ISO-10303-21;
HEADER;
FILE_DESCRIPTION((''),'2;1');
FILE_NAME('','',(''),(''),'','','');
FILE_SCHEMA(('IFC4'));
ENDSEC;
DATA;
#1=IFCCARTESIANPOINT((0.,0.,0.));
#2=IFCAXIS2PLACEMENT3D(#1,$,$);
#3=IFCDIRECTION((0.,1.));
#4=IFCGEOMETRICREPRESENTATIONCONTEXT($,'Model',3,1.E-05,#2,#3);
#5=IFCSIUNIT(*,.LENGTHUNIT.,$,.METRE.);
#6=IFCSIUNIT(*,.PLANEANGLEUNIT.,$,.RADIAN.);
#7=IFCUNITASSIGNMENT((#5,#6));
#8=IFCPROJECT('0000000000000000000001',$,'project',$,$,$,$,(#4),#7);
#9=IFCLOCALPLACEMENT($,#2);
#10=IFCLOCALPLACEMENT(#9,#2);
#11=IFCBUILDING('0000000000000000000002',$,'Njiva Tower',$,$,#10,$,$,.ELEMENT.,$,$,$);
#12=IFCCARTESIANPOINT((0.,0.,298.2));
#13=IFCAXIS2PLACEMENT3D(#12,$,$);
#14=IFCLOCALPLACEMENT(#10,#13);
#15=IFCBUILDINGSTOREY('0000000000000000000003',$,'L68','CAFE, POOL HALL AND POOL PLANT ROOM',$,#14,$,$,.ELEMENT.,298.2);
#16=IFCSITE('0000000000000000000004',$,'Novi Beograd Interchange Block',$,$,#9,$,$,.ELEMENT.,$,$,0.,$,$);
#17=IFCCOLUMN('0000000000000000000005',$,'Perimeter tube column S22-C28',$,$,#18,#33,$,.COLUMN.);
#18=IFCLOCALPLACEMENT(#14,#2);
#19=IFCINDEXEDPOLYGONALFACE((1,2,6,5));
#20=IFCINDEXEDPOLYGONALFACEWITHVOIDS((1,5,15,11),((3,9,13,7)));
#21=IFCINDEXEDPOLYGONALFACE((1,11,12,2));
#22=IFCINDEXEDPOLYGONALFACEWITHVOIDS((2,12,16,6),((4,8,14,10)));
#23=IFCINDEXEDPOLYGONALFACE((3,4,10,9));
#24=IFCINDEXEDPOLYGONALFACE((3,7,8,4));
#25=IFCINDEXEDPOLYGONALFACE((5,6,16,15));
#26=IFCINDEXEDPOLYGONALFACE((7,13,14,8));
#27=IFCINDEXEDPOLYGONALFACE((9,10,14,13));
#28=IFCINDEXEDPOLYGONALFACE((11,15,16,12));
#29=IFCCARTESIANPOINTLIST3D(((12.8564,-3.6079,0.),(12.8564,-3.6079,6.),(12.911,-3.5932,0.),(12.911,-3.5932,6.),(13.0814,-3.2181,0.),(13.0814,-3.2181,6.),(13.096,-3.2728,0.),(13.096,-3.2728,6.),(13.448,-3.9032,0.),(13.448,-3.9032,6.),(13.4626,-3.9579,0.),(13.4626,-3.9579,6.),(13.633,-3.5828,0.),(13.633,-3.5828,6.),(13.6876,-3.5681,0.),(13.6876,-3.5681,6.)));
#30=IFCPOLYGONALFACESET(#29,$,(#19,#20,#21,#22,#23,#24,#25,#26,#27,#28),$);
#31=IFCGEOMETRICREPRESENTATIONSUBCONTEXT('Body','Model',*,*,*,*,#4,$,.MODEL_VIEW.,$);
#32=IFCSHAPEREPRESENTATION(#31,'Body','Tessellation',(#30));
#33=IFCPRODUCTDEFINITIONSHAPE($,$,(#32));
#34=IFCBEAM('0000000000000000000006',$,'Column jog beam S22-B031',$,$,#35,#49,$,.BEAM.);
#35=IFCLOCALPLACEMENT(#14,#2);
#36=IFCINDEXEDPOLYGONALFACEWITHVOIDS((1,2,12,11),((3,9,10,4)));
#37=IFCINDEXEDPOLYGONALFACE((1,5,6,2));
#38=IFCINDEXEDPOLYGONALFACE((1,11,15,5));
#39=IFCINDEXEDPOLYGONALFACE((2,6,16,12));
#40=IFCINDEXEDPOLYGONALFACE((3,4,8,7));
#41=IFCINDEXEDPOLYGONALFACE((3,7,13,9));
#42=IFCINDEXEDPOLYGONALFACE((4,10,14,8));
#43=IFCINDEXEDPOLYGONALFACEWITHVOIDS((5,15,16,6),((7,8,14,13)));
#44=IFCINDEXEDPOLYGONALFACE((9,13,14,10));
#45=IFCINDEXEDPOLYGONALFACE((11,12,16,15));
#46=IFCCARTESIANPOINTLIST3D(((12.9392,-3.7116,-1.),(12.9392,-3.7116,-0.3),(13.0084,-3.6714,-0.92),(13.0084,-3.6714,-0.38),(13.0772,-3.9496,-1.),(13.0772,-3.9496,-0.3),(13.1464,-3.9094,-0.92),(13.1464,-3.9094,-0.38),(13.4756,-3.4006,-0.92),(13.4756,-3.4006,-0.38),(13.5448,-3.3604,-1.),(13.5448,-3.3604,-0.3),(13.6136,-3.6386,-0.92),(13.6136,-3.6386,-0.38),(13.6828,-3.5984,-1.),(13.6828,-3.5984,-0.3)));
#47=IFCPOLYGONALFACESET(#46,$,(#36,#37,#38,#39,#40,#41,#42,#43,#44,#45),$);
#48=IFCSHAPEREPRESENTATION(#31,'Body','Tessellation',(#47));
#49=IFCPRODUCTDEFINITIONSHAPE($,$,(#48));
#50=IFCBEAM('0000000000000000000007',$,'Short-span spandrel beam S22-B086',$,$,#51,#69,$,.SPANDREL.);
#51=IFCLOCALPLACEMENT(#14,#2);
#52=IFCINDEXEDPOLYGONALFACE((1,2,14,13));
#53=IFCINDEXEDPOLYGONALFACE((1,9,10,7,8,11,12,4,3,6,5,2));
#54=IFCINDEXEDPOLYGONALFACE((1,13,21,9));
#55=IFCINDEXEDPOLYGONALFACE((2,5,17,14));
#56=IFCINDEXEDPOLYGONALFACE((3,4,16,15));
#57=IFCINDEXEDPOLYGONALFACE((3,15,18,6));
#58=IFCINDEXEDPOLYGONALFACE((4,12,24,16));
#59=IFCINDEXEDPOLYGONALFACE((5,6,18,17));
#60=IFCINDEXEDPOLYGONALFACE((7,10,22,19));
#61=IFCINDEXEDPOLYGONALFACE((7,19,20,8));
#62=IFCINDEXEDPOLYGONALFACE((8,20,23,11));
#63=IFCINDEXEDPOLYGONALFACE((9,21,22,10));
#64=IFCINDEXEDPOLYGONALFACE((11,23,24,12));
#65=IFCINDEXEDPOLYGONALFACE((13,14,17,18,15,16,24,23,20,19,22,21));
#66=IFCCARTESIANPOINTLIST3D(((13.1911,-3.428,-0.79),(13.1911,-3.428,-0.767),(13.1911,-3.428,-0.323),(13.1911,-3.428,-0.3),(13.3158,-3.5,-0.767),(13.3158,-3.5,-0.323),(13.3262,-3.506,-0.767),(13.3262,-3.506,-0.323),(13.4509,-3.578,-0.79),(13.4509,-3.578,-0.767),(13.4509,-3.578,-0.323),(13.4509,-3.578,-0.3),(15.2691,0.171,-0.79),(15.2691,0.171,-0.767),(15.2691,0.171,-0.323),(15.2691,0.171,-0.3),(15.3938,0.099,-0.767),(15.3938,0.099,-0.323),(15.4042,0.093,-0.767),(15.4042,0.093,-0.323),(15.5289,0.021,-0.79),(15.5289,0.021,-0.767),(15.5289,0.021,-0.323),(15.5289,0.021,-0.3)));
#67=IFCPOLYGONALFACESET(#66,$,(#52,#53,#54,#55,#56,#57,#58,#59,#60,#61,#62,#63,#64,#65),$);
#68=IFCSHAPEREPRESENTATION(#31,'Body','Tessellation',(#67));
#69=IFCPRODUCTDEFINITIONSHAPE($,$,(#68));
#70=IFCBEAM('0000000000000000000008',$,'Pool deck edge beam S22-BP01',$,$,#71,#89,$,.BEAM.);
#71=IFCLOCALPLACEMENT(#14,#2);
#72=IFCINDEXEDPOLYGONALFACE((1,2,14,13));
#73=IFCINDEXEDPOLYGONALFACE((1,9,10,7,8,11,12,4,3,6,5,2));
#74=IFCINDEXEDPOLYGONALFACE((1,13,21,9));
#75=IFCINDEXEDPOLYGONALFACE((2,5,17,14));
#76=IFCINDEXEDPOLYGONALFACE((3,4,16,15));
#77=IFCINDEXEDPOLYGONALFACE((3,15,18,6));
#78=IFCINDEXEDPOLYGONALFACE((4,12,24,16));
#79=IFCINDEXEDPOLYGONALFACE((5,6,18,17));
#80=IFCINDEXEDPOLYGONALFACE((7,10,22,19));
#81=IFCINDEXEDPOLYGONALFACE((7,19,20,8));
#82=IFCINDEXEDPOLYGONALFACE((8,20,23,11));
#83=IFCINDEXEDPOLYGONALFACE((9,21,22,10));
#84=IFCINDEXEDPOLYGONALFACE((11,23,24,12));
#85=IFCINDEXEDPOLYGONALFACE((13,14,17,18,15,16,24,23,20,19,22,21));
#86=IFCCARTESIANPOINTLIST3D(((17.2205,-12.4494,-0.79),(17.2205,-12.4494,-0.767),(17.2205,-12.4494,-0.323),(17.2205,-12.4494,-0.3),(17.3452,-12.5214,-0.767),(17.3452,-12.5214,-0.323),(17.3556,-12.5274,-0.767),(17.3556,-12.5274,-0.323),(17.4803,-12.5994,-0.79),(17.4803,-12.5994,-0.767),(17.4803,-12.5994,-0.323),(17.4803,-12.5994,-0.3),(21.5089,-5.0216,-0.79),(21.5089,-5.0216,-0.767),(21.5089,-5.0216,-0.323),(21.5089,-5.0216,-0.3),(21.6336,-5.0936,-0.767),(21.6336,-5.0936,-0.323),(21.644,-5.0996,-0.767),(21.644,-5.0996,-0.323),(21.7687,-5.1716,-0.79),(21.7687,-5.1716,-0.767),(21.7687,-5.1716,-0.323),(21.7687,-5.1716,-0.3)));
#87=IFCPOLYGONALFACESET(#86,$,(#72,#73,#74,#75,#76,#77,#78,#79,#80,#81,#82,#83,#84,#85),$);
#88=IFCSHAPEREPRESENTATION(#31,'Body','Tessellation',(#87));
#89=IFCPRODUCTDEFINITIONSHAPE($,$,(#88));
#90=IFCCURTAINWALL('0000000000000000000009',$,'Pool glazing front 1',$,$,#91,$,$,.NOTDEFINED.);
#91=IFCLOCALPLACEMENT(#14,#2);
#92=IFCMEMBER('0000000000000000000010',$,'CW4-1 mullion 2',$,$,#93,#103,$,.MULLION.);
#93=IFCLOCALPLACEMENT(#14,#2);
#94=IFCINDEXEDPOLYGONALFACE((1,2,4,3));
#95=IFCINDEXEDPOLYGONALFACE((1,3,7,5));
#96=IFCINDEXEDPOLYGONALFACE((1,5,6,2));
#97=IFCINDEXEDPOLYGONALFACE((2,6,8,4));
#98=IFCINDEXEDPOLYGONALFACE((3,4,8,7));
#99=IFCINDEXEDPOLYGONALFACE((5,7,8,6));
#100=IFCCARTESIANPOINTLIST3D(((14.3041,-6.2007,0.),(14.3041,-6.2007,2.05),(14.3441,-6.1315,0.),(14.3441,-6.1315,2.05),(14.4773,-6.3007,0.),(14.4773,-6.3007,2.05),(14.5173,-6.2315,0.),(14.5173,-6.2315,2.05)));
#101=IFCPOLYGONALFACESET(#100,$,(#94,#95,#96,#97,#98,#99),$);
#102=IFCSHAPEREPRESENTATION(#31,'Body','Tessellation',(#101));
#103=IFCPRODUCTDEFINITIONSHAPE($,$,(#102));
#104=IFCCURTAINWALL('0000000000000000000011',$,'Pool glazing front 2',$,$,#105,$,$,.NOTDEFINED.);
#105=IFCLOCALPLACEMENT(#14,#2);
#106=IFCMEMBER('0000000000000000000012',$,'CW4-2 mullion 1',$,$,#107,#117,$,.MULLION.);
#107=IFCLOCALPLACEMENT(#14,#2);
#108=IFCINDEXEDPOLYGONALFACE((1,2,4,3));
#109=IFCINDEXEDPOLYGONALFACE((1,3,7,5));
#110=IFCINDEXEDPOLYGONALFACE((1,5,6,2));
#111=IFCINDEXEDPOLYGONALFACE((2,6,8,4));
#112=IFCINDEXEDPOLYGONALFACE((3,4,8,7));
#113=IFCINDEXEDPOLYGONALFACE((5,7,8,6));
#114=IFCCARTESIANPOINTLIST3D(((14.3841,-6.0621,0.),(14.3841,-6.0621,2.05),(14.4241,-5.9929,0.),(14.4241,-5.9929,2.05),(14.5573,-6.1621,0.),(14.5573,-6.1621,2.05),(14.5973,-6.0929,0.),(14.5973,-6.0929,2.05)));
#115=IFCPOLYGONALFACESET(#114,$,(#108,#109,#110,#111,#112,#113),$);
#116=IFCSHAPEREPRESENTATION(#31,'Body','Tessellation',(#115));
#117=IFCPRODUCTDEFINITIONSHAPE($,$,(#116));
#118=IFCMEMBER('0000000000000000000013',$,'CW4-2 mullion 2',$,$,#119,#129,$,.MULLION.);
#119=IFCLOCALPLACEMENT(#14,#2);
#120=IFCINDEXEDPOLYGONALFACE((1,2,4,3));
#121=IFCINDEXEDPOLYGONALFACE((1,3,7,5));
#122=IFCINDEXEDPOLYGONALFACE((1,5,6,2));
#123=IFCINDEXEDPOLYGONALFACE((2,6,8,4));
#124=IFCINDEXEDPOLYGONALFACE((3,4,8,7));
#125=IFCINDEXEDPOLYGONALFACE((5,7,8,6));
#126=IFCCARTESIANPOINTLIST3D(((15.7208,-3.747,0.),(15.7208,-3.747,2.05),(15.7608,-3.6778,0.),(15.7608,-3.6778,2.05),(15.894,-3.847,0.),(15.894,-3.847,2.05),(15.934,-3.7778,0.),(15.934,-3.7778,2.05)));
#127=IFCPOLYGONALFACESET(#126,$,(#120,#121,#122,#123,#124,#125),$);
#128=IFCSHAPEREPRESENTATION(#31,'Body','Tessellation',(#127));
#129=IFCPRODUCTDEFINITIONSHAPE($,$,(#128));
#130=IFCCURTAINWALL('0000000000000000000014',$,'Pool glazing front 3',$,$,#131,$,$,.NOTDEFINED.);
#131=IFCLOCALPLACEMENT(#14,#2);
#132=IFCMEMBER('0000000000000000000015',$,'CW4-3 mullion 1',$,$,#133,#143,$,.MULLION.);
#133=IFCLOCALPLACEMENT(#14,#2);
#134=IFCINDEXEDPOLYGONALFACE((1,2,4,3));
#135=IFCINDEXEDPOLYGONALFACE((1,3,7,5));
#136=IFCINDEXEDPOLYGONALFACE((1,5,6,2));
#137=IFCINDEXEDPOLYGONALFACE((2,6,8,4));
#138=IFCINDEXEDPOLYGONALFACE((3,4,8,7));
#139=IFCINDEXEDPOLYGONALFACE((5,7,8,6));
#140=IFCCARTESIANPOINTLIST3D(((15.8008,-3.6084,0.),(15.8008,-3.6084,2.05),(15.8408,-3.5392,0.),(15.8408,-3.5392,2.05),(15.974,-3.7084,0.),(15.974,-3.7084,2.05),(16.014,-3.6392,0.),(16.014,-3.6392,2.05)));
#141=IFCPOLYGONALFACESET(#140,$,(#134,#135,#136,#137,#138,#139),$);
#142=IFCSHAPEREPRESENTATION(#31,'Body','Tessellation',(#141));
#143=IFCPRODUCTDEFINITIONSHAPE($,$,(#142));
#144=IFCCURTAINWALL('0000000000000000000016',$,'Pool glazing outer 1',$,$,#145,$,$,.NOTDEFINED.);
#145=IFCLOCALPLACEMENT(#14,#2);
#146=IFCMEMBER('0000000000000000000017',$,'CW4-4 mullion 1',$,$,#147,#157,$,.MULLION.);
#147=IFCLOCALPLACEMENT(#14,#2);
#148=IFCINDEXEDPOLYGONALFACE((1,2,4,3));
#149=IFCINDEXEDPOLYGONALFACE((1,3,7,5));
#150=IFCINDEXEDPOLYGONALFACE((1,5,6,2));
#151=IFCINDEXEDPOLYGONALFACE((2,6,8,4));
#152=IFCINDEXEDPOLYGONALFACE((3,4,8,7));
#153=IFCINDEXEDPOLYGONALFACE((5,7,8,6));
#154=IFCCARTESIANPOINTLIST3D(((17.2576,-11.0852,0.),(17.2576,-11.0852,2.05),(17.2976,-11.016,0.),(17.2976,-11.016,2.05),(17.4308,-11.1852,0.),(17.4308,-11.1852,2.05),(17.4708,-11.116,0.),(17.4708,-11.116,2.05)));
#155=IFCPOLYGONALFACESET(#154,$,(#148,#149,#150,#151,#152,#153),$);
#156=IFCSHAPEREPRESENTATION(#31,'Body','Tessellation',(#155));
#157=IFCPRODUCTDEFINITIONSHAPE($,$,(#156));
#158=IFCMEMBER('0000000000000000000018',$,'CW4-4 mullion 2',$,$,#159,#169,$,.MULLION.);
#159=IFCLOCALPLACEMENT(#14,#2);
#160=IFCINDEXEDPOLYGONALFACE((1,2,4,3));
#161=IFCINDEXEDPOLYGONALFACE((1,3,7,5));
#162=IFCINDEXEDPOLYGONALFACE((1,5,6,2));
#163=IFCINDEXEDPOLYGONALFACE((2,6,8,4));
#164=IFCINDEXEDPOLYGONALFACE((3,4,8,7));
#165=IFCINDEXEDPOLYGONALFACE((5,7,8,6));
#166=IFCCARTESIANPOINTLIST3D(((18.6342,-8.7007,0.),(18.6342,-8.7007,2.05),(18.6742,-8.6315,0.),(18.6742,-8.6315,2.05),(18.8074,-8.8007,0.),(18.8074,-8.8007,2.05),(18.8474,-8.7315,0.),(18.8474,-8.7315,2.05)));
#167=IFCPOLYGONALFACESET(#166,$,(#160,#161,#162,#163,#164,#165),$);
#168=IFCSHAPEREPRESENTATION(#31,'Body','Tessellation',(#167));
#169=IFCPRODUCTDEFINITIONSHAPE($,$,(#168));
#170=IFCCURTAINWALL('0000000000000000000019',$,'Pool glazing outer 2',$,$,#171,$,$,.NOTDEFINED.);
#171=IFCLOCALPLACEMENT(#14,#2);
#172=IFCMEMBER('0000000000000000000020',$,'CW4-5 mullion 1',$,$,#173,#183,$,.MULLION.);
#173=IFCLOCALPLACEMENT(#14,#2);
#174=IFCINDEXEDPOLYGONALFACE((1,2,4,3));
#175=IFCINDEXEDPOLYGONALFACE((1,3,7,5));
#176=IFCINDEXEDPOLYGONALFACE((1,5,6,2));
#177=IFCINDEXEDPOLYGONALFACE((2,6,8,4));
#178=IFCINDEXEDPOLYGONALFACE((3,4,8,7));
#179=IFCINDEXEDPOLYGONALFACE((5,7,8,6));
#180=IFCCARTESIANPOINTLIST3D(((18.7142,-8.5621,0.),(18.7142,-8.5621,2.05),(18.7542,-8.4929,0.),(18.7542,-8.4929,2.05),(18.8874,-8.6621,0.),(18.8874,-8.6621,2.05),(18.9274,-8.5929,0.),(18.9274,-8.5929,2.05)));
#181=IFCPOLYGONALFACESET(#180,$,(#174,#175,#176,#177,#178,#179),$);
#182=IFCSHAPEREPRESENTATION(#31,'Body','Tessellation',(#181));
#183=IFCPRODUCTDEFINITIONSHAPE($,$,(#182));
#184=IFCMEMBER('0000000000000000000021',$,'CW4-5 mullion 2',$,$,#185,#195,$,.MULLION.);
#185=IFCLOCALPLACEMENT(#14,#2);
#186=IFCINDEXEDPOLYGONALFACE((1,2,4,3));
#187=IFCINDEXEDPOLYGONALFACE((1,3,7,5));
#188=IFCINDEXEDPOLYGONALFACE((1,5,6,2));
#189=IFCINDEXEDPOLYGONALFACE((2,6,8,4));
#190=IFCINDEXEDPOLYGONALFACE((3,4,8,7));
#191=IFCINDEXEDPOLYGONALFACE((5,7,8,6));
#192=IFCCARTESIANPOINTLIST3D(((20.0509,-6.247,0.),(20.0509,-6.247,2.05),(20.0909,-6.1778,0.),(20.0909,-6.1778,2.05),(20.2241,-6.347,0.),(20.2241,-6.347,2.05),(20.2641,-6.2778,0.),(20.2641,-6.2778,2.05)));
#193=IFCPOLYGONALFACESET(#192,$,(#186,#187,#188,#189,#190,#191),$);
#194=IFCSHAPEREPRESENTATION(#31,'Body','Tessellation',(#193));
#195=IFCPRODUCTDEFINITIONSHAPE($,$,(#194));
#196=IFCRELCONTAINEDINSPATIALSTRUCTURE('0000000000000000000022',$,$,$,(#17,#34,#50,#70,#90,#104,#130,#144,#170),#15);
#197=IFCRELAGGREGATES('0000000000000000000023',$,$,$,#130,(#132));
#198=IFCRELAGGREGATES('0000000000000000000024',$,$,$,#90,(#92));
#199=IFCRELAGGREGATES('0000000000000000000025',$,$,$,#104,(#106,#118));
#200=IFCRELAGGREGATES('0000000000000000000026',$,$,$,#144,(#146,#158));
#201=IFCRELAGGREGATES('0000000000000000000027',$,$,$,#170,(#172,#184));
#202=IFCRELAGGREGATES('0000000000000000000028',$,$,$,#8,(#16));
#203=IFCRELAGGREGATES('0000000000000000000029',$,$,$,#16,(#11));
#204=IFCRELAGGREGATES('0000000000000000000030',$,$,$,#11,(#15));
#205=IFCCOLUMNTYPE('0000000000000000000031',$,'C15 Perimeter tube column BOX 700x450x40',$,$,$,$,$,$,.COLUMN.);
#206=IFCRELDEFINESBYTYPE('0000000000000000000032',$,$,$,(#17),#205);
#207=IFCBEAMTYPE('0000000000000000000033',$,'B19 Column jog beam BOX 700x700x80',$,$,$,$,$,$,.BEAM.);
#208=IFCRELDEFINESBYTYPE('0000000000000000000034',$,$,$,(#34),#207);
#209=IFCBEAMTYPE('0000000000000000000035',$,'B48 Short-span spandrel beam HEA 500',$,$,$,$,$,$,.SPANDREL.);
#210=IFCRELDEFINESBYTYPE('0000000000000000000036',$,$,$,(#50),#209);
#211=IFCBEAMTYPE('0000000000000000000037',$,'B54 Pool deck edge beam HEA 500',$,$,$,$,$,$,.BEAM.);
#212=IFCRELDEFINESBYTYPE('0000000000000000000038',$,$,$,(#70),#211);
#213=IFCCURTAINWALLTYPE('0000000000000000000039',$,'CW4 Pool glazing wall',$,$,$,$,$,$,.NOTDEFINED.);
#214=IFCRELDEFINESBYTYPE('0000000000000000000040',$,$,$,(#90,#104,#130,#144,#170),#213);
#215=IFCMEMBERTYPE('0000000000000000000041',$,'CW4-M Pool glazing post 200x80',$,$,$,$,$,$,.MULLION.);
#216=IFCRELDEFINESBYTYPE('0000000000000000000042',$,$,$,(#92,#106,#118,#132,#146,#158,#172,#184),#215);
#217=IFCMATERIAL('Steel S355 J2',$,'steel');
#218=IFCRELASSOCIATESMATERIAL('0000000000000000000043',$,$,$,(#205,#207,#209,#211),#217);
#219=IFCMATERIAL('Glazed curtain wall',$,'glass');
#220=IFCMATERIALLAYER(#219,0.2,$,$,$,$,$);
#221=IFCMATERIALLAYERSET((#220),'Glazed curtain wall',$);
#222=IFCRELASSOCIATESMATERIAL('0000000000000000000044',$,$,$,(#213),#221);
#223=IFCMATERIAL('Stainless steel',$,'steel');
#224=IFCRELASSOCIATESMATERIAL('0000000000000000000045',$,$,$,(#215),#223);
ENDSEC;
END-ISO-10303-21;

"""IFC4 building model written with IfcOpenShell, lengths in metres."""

from ifc_helpers import new_model, si_unit, direction, frame, origin, origin_2d, place, context, subcontext, project, spatial, rectangle, hollow_rectangle, i_section, extrude, material, layer, layer_set, material_profile, profile_set, type_object, element, aggregate, save


model = new_model("IFC4")

# Units and contexts
model_context = context("Model", 3, precision=1e-05, world=origin(), true_north=direction((0.0, 1.0)))
body_context = subcontext(model_context, "Body", "Model", "MODEL_VIEW")
ifc_project = project(units=[si_unit("LENGTHUNIT", "METRE"), si_unit("PLANEANGLEUNIT", "RADIAN")], contexts=[model_context])

# Site, building, storey
site_placement = place(None, origin())
site = spatial("IfcSite", under=ifc_project, at=site_placement, Name="Novi Beograd Interchange Block", CompositionType="ELEMENT", RefElevation=0.0)
building_placement = place(site_placement, origin())
building = spatial("IfcBuilding", under=site, at=building_placement, Name="Njiva Tower", CompositionType="ELEMENT")
storey_placement = place(building_placement, frame((0.0, 0.0, 298.2)))
storey = spatial("IfcBuildingStorey", under=building, at=storey_placement, Name="L68", Description="CAFE, POOL HALL AND POOL PLANT ROOM", CompositionType="ELEMENT", Elevation=298.2)

# Column
ifc_material_1 = material(Name="Steel S355 J2", Category="steel")
ifc_material_profile_1 = material_profile(ifc_material_1, hollow_rectangle(XDim=0.45, YDim=0.7, WallThickness=0.04, at=origin_2d()), Name="BOX 700x450x40")
ifc_profile_set_1 = profile_set([ifc_material_profile_1], Name="Steel S355 J2")
column_type = type_object("IfcColumnType", Name="C15 Perimeter tube column BOX 700x450x40", PredefinedType="COLUMN", material=ifc_profile_set_1)
column_placement = place(storey_placement, frame((13.272, -3.588, 0.0), z_axis=(0.0, 0.0, 1.0), x_axis=(0.5, 0.866025, 0.0)))
element("IfcColumn", 1, at=column_placement, inside=storey, type_object=column_type, Name="Perimeter tube column S22-C28", PredefinedType="COLUMN", context=body_context, shape_type="SweptSolid", body=[
    extrude(hollow_rectangle(XDim=0.45, YDim=0.7, WallThickness=0.04, at=origin_2d()), origin(), (0.0, 0.0, 1.0), 6.0),
])

# Beams
ifc_material_profile_2 = material_profile(ifc_material_1, hollow_rectangle(XDim=0.7, YDim=0.7, WallThickness=0.08, at=origin_2d()), Name="BOX 700x700x80")
ifc_profile_set_2 = profile_set([ifc_material_profile_2], Name="Steel S355 J2")
beam_type_1 = type_object("IfcBeamType", Name="B19 Column jog beam BOX 700x700x80", PredefinedType="BEAM", material=ifc_profile_set_2)
beam_1_placement = place(storey_placement, frame((13.38, -3.774, -0.65), z_axis=(-0.501609, 0.865094, 0.0), x_axis=(-0.865094, -0.501609, 0.0)))
element("IfcBeam", 2, at=beam_1_placement, inside=storey, type_object=beam_type_1, Name="Column jog beam S22-B031", PredefinedType="BEAM", context=body_context, shape_type="SweptSolid", body=[
    extrude(hollow_rectangle(XDim=0.7, YDim=0.7, WallThickness=0.08, at=origin_2d()), origin(), (0.0, 0.0, 1.0), 0.2751),
])
ifc_material_profile_3 = material_profile(ifc_material_1, i_section(OverallWidth=0.3, OverallDepth=0.49, WebThickness=0.012, FlangeThickness=0.023, at=origin_2d()), Name="HEA 500")
ifc_profile_set_3 = profile_set([ifc_material_profile_3], Name="Steel S355 J2")
beam_type_2 = type_object("IfcBeamType", Name="B48 Short-span spandrel beam HEA 500", PredefinedType="SPANDREL", material=ifc_profile_set_3)
beam_2_placement = place(storey_placement, frame((13.321, -3.503, -0.545), z_axis=(0.500021, 0.866013, 0.0), x_axis=(-0.866013, 0.500021, 0.0)))
element("IfcBeam", 3, at=beam_2_placement, inside=storey, type_object=beam_type_2, Name="Short-span spandrel beam S22-B086", PredefinedType="SPANDREL", context=body_context, shape_type="SweptSolid", body=[
    extrude(i_section(OverallWidth=0.3, OverallDepth=0.49, WebThickness=0.012, FlangeThickness=0.023, at=origin_2d()), origin(), (0.0, 0.0, 1.0), 4.1558),
])
ifc_material_profile_4 = material_profile(ifc_material_1, i_section(OverallWidth=0.3, OverallDepth=0.49, WebThickness=0.012, FlangeThickness=0.023, at=origin_2d()), Name="HEA 500")
ifc_profile_set_4 = profile_set([ifc_material_profile_4], Name="Steel S355 J2")
beam_type_3 = type_object("IfcBeamType", Name="B54 Pool deck edge beam HEA 500", PredefinedType="BEAM", material=ifc_profile_set_4)
beam_3_placement = place(storey_placement, frame((17.3504, -12.5244, -0.545), z_axis=(0.499996, 0.866028, 0.0), x_axis=(-0.866028, 0.499996, 0.0)))
element("IfcBeam", 4, at=beam_3_placement, inside=storey, type_object=beam_type_3, Name="Pool deck edge beam S22-BP01", PredefinedType="BEAM", context=body_context, shape_type="SweptSolid", body=[
    extrude(i_section(OverallWidth=0.3, OverallDepth=0.49, WebThickness=0.012, FlangeThickness=0.023, at=origin_2d()), origin(), (0.0, 0.0, 1.0), 8.5769),
])

# Curtain wall, member
ifc_material_2 = material(Name="Glazed curtain wall", Category="glass")
ifc_layer_1 = layer(ifc_material_2, 0.2)
ifc_layer_set_1 = layer_set([ifc_layer_1], Name="Glazed curtain wall")
curtain_wall_type = type_object("IfcCurtainWallType", Name="CW4 Pool glazing wall", PredefinedType="NOTDEFINED", material=ifc_layer_set_1)
curtain_wall_1_placement = place(storey_placement, origin())
curtain_wall_1 = element("IfcCurtainWall", 5, at=curtain_wall_1_placement, inside=storey, type_object=curtain_wall_type, Name="Pool glazing front 1", PredefinedType="NOTDEFINED")
ifc_material_3 = material(Name="Stainless steel", Category="steel")
ifc_material_profile_5 = material_profile(ifc_material_3, rectangle(XDim=0.2, YDim=0.08, at=origin_2d()), Name="RECT 200x80")
ifc_profile_set_5 = profile_set([ifc_material_profile_5], Name="Stainless steel")
member_type_1 = type_object("IfcMemberType", Name="CW4-M Pool glazing post 200x80", PredefinedType="MULLION", material=ifc_profile_set_5)
member_1_placement = place(storey_placement, frame((14.4107, -6.2161, 0.0), z_axis=(0.0, 0.0, 1.0), x_axis=(-0.866025, 0.5, 0.0)))
member_1 = element("IfcMember", 6, at=member_1_placement, type_object=member_type_1, Name="CW4-1 mullion 2", PredefinedType="MULLION", context=body_context, shape_type="SweptSolid", body=[
    extrude(rectangle(XDim=0.2, YDim=0.08, at=origin_2d()), origin(), (0.0, 0.0, 1.0), 2.05),
])

# Curtain wall, members
curtain_wall_2_placement = place(storey_placement, origin())
curtain_wall_2 = element("IfcCurtainWall", 7, at=curtain_wall_2_placement, inside=storey, type_object=curtain_wall_type, Name="Pool glazing front 2", PredefinedType="NOTDEFINED")
member_2_placement = place(storey_placement, frame((14.4907, -6.0775, 0.0), z_axis=(0.0, 0.0, 1.0), x_axis=(-0.866025, 0.5, 0.0)))
member_2 = element("IfcMember", 8, at=member_2_placement, type_object=member_type_1, Name="CW4-2 mullion 1", PredefinedType="MULLION", context=body_context, shape_type="SweptSolid", body=[
    extrude(rectangle(XDim=0.2, YDim=0.08, at=origin_2d()), origin(), (0.0, 0.0, 1.0), 2.05),
])
member_3_placement = place(storey_placement, frame((15.8274, -3.7624, 0.0), z_axis=(0.0, 0.0, 1.0), x_axis=(-0.866025, 0.5, 0.0)))
member_3 = element("IfcMember", 9, at=member_3_placement, type_object=member_type_1, Name="CW4-2 mullion 2", PredefinedType="MULLION", context=body_context, shape_type="SweptSolid", body=[
    extrude(rectangle(XDim=0.2, YDim=0.08, at=origin_2d()), origin(), (0.0, 0.0, 1.0), 2.05),
])

# Curtain wall, member
curtain_wall_3_placement = place(storey_placement, origin())
curtain_wall_3 = element("IfcCurtainWall", 10, at=curtain_wall_3_placement, inside=storey, type_object=curtain_wall_type, Name="Pool glazing front 3", PredefinedType="NOTDEFINED")
member_4_placement = place(storey_placement, frame((15.9074, -3.6238, 0.0), z_axis=(0.0, 0.0, 1.0), x_axis=(-0.866025, 0.5, 0.0)))
member_4 = element("IfcMember", 11, at=member_4_placement, type_object=member_type_1, Name="CW4-3 mullion 1", PredefinedType="MULLION", context=body_context, shape_type="SweptSolid", body=[
    extrude(rectangle(XDim=0.2, YDim=0.08, at=origin_2d()), origin(), (0.0, 0.0, 1.0), 2.05),
])

# Curtain walls, members
curtain_wall_4_placement = place(storey_placement, origin())
curtain_wall_4 = element("IfcCurtainWall", 12, at=curtain_wall_4_placement, inside=storey, type_object=curtain_wall_type, Name="Pool glazing outer 1", PredefinedType="NOTDEFINED")
member_5_placement = place(storey_placement, frame((17.3642, -11.1006, 0.0), z_axis=(0.0, 0.0, 1.0), x_axis=(-0.866025, 0.5, 0.0)))
member_5 = element("IfcMember", 13, at=member_5_placement, type_object=member_type_1, Name="CW4-4 mullion 1", PredefinedType="MULLION", context=body_context, shape_type="SweptSolid", body=[
    extrude(rectangle(XDim=0.2, YDim=0.08, at=origin_2d()), origin(), (0.0, 0.0, 1.0), 2.05),
])
member_6_placement = place(storey_placement, frame((18.7408, -8.7161, 0.0), z_axis=(0.0, 0.0, 1.0), x_axis=(-0.866025, 0.5, 0.0)))
member_6 = element("IfcMember", 14, at=member_6_placement, type_object=member_type_1, Name="CW4-4 mullion 2", PredefinedType="MULLION", context=body_context, shape_type="SweptSolid", body=[
    extrude(rectangle(XDim=0.2, YDim=0.08, at=origin_2d()), origin(), (0.0, 0.0, 1.0), 2.05),
])
curtain_wall_5_placement = place(storey_placement, origin())
curtain_wall_5 = element("IfcCurtainWall", 15, at=curtain_wall_5_placement, inside=storey, type_object=curtain_wall_type, Name="Pool glazing outer 2", PredefinedType="NOTDEFINED")
member_7_placement = place(storey_placement, frame((18.8208, -8.5775, 0.0), z_axis=(0.0, 0.0, 1.0), x_axis=(-0.866025, 0.5, 0.0)))
member_7 = element("IfcMember", 16, at=member_7_placement, type_object=member_type_1, Name="CW4-5 mullion 1", PredefinedType="MULLION", context=body_context, shape_type="SweptSolid", body=[
    extrude(rectangle(XDim=0.2, YDim=0.08, at=origin_2d()), origin(), (0.0, 0.0, 1.0), 2.05),
])
member_8_placement = place(storey_placement, frame((20.1575, -6.2624, 0.0), z_axis=(0.0, 0.0, 1.0), x_axis=(-0.866025, 0.5, 0.0)))
member_8 = element("IfcMember", 17, at=member_8_placement, type_object=member_type_1, Name="CW4-5 mullion 2", PredefinedType="MULLION", context=body_context, shape_type="SweptSolid", body=[
    extrude(rectangle(XDim=0.2, YDim=0.08, at=origin_2d()), origin(), (0.0, 0.0, 1.0), 2.05),
])

aggregate(curtain_wall_3, [member_4])

aggregate(curtain_wall_1, [member_1])
aggregate(curtain_wall_2, [member_2, member_3])
aggregate(curtain_wall_4, [member_5, member_6])
aggregate(curtain_wall_5, [member_7, member_8])

save(model, "model.ifc")
